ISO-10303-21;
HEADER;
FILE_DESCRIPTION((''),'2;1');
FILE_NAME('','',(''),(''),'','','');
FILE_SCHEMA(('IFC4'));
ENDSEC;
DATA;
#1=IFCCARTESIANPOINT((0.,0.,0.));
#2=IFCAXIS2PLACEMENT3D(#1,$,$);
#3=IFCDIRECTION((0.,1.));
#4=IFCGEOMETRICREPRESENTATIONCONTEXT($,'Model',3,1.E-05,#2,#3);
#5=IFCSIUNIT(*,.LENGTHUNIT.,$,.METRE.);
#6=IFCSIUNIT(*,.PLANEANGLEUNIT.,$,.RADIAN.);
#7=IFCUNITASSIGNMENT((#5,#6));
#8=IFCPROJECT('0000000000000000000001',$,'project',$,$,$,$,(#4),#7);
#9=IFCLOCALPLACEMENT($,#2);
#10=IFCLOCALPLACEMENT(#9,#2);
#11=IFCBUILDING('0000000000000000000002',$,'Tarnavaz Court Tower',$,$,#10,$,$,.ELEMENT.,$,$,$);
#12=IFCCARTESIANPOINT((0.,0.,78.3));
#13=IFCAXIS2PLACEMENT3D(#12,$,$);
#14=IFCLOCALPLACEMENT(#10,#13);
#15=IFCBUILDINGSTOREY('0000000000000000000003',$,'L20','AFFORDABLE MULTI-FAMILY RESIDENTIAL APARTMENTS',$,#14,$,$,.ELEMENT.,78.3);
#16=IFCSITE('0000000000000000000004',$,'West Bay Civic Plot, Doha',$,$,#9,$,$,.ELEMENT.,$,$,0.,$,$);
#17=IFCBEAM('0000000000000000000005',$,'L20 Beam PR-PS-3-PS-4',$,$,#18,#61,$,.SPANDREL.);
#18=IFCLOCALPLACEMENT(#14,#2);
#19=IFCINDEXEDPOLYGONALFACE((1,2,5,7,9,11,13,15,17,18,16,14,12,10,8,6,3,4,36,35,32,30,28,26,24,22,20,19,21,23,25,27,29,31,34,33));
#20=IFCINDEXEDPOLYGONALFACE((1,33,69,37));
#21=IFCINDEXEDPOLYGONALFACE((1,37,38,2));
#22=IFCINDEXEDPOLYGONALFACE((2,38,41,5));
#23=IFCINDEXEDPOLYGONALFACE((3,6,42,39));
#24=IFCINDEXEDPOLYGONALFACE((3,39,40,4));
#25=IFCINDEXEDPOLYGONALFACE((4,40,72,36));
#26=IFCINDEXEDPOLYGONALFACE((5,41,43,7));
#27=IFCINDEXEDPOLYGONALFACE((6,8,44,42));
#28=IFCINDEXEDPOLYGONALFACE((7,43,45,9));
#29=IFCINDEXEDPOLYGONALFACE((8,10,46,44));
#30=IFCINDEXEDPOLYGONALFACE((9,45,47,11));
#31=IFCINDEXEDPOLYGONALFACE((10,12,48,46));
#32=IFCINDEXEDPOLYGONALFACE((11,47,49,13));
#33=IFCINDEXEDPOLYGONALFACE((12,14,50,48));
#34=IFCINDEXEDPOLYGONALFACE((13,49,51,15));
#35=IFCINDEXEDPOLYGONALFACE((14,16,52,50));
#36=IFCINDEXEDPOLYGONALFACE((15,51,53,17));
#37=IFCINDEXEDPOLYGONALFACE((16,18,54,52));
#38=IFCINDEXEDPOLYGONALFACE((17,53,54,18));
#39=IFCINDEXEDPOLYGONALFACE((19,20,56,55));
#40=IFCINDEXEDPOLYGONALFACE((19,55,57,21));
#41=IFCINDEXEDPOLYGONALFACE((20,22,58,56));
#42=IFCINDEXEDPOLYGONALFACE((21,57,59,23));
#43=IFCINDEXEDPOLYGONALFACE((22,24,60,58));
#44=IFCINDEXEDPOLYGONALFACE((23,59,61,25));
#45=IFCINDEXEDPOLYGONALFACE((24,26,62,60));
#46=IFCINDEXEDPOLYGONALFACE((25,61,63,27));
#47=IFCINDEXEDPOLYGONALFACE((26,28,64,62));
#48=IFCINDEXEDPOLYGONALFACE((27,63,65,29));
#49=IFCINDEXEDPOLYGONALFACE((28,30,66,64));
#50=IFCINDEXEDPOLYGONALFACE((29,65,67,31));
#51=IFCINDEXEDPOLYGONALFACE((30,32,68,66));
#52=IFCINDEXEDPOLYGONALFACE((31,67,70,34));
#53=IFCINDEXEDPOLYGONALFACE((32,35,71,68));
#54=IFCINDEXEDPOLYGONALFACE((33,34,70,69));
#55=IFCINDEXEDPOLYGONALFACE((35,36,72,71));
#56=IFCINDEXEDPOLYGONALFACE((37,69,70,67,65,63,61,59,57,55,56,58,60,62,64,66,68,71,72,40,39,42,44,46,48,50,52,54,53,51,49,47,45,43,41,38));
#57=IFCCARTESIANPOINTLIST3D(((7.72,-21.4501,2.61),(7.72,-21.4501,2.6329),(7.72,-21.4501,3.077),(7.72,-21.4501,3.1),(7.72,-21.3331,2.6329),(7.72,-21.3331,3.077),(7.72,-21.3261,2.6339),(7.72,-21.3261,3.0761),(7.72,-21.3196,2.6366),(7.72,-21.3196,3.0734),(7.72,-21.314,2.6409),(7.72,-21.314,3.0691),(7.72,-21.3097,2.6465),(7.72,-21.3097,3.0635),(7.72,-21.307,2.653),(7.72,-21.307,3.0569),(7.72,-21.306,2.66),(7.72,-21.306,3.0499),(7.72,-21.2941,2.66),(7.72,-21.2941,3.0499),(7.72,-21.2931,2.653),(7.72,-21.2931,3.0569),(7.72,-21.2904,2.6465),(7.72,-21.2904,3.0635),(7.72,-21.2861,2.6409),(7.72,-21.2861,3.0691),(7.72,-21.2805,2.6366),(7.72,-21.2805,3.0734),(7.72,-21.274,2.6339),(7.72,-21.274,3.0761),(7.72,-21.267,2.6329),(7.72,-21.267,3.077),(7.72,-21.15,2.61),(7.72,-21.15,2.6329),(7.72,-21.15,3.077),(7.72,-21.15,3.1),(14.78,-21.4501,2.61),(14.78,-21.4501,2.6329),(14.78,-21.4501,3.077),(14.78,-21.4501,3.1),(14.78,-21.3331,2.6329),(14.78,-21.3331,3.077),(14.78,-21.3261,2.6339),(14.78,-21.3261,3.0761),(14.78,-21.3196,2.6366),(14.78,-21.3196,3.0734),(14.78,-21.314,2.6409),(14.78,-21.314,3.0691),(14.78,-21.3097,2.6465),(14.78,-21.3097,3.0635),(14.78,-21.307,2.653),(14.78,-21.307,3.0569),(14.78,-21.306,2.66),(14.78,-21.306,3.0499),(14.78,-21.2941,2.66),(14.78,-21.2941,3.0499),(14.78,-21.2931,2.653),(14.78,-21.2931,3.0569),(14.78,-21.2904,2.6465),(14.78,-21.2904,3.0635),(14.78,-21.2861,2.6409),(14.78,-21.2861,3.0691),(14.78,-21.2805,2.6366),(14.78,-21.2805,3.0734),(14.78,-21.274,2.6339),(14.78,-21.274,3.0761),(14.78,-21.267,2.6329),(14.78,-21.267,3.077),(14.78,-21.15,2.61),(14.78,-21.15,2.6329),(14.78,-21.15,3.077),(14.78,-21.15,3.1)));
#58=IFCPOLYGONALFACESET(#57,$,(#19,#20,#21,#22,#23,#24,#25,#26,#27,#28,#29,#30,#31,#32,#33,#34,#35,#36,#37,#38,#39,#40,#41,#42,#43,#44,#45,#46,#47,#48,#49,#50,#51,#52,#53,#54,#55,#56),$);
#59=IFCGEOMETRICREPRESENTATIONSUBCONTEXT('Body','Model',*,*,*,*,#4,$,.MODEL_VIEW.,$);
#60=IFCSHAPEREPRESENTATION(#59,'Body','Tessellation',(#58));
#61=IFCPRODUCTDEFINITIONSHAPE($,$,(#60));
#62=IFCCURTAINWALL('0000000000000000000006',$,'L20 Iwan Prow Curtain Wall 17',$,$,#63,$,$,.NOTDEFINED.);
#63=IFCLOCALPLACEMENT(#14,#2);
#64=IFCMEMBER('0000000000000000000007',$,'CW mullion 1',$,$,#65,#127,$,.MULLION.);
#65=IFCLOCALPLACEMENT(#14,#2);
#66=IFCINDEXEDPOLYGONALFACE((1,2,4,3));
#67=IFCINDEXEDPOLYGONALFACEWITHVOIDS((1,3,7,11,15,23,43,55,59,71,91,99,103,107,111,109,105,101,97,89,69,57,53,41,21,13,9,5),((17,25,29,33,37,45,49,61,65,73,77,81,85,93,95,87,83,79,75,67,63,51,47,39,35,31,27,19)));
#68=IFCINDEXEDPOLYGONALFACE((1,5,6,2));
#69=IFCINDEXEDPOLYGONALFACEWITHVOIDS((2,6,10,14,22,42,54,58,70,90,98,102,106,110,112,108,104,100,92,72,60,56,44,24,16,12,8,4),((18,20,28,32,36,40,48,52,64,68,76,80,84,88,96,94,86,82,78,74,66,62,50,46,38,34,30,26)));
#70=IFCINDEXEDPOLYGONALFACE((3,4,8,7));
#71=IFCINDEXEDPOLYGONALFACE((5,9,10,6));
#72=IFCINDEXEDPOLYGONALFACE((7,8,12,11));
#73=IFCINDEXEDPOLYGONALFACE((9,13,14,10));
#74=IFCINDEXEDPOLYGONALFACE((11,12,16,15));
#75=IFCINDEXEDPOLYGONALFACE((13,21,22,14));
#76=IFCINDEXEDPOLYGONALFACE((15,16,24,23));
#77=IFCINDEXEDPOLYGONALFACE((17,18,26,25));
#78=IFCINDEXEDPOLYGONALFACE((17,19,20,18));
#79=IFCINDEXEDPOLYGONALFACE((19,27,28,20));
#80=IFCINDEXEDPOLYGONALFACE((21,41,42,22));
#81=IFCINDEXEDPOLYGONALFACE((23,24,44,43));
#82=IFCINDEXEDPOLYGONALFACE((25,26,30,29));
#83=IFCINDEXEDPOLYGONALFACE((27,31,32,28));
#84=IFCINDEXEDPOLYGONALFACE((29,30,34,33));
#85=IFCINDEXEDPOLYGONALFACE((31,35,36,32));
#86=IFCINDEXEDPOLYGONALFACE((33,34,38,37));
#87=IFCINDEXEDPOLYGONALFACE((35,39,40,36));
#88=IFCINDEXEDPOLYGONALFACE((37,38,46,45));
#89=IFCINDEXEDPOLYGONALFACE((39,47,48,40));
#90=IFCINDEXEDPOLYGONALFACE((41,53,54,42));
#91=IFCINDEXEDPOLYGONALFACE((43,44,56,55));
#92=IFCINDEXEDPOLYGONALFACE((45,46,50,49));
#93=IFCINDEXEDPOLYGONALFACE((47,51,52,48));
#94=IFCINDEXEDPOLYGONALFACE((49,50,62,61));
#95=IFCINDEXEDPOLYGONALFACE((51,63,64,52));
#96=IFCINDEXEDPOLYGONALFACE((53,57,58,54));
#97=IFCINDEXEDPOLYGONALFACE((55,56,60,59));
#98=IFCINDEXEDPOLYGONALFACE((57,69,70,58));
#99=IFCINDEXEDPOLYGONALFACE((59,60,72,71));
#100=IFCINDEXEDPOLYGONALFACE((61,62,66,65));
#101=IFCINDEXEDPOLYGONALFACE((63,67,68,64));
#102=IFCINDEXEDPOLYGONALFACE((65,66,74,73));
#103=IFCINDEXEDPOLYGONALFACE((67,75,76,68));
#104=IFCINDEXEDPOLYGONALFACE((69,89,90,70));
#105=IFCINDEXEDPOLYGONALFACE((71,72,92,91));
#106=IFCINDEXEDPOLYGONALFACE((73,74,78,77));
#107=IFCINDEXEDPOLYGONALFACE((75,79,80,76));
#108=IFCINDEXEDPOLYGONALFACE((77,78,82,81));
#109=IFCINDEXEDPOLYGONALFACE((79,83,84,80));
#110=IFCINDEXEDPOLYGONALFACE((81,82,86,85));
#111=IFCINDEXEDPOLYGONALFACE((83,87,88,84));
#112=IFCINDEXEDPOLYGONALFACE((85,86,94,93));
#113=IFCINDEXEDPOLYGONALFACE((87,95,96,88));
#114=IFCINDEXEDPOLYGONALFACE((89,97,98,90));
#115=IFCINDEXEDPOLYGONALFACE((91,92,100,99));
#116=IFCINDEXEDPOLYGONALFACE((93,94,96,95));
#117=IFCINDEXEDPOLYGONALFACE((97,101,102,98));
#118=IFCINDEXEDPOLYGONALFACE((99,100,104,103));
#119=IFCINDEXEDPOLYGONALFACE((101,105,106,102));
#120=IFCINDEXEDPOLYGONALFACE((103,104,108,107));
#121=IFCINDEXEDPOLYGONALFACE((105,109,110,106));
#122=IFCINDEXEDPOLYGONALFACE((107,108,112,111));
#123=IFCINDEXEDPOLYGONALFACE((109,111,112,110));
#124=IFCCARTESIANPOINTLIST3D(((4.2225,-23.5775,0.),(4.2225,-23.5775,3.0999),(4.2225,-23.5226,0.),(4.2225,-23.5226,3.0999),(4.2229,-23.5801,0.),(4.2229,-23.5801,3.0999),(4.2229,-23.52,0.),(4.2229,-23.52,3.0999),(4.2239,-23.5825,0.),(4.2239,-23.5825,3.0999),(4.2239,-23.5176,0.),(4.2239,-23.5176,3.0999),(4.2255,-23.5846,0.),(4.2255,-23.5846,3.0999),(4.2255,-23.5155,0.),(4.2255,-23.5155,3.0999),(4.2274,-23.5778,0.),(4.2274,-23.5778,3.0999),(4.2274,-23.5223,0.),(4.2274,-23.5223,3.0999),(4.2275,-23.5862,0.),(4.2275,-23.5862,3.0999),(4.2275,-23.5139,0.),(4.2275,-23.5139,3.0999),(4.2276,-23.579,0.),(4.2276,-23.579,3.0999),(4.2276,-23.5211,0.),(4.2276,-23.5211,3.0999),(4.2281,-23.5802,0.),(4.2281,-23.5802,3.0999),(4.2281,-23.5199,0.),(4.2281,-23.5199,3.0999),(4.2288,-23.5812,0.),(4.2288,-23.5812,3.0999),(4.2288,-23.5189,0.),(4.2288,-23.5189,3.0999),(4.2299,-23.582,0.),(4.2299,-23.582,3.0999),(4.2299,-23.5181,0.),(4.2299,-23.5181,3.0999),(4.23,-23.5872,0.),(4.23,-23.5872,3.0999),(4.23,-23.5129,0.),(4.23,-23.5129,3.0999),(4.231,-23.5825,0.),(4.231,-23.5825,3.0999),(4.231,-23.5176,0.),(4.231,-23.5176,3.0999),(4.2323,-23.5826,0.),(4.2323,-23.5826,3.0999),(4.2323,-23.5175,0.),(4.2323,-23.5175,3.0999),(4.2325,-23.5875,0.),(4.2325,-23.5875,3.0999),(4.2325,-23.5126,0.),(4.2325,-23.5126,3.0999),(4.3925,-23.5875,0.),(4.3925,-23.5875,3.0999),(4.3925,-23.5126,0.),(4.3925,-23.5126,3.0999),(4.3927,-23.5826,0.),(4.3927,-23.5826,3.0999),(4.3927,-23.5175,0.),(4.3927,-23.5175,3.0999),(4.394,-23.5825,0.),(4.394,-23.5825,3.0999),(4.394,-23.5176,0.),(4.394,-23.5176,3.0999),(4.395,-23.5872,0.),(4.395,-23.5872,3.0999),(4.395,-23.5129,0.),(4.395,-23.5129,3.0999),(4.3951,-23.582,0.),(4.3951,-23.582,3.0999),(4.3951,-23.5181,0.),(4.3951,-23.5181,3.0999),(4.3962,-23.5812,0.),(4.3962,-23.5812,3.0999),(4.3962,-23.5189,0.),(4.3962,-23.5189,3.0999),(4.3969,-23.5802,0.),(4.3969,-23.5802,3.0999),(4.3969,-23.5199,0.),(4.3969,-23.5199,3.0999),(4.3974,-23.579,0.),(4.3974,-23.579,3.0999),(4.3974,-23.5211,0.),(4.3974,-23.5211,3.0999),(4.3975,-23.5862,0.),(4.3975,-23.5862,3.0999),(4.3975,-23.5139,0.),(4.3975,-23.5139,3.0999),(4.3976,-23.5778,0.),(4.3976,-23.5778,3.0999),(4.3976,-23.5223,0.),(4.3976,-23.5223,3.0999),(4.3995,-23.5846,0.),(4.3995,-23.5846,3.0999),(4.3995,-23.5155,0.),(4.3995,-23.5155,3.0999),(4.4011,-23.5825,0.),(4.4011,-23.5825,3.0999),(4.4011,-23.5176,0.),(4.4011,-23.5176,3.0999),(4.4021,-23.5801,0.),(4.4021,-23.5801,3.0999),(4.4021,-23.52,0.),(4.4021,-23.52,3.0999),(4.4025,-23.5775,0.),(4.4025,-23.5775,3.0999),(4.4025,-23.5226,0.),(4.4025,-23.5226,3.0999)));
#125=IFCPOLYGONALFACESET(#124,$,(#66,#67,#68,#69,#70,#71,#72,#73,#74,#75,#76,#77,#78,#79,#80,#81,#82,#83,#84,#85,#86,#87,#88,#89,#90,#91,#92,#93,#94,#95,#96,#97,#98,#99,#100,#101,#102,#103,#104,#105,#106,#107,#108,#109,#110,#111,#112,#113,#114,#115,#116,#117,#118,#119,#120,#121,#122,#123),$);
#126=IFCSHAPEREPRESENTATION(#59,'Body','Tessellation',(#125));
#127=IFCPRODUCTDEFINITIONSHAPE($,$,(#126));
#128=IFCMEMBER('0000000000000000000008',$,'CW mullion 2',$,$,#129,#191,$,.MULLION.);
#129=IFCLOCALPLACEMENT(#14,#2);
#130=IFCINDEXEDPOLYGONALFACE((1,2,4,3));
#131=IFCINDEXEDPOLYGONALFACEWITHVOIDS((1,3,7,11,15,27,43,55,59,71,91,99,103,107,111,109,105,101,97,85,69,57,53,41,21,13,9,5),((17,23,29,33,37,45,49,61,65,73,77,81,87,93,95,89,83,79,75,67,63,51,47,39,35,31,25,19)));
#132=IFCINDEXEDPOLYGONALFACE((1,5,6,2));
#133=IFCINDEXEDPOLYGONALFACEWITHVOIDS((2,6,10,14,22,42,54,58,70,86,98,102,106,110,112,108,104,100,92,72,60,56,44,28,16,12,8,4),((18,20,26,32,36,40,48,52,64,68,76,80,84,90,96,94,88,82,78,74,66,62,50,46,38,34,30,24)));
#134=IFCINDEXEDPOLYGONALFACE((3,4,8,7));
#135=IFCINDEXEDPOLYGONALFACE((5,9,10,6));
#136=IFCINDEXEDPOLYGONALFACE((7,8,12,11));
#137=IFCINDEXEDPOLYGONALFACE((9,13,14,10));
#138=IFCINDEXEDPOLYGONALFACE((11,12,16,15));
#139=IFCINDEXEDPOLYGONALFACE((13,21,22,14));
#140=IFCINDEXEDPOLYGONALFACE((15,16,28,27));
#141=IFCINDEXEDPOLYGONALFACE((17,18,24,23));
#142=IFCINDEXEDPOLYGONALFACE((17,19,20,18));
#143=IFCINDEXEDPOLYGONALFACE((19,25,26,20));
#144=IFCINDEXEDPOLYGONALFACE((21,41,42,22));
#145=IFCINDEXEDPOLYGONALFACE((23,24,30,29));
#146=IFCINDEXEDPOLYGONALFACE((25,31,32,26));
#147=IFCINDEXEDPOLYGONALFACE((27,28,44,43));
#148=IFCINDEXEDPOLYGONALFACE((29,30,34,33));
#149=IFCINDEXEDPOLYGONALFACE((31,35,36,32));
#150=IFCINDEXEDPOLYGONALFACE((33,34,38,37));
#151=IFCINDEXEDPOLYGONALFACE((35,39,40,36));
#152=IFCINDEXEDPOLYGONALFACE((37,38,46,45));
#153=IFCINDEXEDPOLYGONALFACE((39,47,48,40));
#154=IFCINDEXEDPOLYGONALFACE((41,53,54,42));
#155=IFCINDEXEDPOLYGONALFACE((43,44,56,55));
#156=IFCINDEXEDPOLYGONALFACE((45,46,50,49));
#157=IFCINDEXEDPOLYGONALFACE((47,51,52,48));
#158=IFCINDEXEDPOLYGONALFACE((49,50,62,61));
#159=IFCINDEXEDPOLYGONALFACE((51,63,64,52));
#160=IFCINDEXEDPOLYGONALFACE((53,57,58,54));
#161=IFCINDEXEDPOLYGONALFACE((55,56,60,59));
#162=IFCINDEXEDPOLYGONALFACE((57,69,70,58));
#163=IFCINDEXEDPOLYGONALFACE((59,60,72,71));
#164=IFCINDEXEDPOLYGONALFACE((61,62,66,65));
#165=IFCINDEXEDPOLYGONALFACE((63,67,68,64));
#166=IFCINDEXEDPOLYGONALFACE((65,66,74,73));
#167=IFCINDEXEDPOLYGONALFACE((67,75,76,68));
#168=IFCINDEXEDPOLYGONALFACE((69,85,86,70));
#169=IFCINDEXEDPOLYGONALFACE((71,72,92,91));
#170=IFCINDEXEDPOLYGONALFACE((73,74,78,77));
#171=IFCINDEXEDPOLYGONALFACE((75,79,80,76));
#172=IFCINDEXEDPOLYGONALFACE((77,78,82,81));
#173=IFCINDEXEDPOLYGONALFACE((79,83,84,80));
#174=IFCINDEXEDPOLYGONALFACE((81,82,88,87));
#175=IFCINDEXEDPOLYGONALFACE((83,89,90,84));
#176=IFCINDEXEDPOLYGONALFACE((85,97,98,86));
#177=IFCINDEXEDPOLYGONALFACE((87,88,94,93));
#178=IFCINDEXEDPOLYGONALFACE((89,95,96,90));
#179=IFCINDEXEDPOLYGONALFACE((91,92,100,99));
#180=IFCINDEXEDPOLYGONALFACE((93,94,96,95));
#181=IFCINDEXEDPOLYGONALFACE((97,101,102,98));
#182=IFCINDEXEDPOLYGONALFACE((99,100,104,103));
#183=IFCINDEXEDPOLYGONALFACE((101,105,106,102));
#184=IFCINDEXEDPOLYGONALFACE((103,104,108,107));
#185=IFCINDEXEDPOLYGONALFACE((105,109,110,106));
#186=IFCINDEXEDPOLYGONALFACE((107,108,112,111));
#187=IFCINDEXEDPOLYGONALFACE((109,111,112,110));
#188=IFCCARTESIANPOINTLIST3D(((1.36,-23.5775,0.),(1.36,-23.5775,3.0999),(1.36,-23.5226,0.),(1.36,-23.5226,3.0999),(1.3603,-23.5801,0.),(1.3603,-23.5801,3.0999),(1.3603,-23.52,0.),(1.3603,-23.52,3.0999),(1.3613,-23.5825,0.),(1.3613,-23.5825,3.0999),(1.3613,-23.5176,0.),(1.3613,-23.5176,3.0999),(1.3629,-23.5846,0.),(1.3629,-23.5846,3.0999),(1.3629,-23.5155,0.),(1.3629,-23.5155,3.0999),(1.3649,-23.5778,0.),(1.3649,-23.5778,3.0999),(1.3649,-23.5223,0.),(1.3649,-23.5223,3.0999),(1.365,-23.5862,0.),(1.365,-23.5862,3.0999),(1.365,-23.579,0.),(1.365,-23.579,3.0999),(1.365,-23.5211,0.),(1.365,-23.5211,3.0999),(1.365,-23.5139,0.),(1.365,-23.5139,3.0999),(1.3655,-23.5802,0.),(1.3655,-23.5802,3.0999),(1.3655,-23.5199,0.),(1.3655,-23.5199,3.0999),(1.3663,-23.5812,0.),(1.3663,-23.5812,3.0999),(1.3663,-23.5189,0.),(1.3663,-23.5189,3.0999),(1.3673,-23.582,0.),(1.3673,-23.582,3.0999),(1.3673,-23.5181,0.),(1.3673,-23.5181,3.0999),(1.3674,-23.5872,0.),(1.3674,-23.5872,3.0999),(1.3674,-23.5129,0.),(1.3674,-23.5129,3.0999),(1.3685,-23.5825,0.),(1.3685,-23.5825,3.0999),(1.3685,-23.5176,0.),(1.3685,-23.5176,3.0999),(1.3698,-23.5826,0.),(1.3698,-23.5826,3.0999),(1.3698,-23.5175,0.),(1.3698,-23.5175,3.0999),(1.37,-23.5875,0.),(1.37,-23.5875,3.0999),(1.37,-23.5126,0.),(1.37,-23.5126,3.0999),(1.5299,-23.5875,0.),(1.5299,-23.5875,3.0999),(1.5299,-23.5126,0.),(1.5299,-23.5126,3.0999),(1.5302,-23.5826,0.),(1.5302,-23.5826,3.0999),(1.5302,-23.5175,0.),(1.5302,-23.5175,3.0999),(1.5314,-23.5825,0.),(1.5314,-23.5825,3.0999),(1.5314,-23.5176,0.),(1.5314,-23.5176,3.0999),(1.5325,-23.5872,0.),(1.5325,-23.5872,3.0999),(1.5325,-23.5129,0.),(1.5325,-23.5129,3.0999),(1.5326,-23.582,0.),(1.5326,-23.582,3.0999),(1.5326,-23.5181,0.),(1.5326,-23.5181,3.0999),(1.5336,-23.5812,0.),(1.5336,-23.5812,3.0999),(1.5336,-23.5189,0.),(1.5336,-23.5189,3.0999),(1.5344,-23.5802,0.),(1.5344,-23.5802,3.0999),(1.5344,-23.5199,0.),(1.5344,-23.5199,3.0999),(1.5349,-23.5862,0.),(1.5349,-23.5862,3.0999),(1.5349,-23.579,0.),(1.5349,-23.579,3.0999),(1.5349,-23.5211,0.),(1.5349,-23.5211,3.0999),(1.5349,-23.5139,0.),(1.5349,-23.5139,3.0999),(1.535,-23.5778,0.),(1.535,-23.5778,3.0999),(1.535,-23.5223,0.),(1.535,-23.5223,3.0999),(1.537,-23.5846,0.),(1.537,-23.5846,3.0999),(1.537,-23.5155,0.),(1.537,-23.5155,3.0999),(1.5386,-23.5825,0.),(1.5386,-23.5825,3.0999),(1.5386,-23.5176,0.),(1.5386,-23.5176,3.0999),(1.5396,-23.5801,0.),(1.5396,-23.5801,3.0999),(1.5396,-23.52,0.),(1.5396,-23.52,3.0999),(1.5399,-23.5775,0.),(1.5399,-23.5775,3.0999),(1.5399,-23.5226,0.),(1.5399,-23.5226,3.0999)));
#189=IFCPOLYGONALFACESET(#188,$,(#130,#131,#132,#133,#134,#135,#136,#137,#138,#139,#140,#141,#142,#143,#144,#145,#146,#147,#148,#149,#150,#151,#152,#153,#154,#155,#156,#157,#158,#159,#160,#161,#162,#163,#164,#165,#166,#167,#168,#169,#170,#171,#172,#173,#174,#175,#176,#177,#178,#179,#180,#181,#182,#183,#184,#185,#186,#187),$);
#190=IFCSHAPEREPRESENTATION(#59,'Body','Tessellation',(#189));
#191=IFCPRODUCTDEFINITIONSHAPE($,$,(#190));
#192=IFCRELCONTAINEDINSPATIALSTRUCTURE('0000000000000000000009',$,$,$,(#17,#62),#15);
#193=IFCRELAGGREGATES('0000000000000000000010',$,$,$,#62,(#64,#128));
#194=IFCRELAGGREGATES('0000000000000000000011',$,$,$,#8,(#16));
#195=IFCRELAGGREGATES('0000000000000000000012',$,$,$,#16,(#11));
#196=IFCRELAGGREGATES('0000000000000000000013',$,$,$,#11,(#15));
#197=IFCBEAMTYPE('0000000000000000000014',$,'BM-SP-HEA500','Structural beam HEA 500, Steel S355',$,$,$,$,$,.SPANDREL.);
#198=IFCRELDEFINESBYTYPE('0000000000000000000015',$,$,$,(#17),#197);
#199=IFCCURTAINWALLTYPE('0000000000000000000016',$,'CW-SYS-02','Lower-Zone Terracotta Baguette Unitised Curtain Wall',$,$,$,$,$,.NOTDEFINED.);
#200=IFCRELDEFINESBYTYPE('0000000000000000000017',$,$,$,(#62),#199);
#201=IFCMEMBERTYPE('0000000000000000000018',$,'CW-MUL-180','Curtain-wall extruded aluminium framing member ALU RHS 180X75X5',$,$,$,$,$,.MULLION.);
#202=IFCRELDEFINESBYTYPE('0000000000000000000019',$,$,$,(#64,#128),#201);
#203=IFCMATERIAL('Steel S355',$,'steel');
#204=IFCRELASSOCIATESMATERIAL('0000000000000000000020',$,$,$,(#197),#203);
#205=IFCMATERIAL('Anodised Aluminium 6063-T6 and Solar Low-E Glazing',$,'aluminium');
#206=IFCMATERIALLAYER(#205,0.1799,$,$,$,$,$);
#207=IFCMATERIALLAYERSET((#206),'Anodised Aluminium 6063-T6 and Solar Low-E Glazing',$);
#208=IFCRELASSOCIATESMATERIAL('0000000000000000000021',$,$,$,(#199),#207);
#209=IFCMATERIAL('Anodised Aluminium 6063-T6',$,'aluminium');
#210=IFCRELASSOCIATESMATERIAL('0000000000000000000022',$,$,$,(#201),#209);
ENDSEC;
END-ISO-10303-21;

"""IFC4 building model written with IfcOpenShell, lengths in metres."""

from ifc_helpers import new_model, si_unit, direction, frame, origin, origin_2d, place, context, subcontext, project, spatial, hollow_rectangle, i_section, extrude, material, layer, layer_set, material_profile, profile_set, type_object, element, aggregate, save


model = new_model("IFC4")

# Units and contexts
model_context = context("Model", 3, precision=1e-05, world=origin(), true_north=direction((0.0, 1.0)))
body_context = subcontext(model_context, "Body", "Model", "MODEL_VIEW")
ifc_project = project(units=[si_unit("LENGTHUNIT", "METRE"), si_unit("PLANEANGLEUNIT", "RADIAN")], contexts=[model_context])

# Site, building, storey
site_placement = place(None, origin())
site = spatial("IfcSite", under=ifc_project, at=site_placement, Name="West Bay Civic Plot, Doha", CompositionType="ELEMENT", RefElevation=0.0)
building_placement = place(site_placement, origin())
building = spatial("IfcBuilding", under=site, at=building_placement, Name="Tarnavaz Court Tower", CompositionType="ELEMENT")
storey_placement = place(building_placement, frame((0.0, 0.0, 78.3)))
storey = spatial("IfcBuildingStorey", under=building, at=storey_placement, Name="L20", Description="AFFORDABLE MULTI-FAMILY RESIDENTIAL APARTMENTS", CompositionType="ELEMENT", Elevation=78.3)

# Beam
ifc_material_1 = material(Name="Steel S355", Category="steel")
ifc_material_profile_1 = material_profile(ifc_material_1, i_section(OverallWidth=0.3, OverallDepth=0.49, WebThickness=0.012, FlangeThickness=0.0229, FilletRadius=0.0271, at=origin_2d()), Name="HEA 500")
ifc_profile_set_1 = profile_set([ifc_material_profile_1], Name="Steel S355")
beam_type_1 = type_object("IfcBeamType", Name="BM-SP-HEA500", Description="Structural beam HEA 500, Steel S355", PredefinedType="SPANDREL", material=ifc_profile_set_1)
beam_placement = place(storey_placement, frame((7.72, -21.3, 2.855), z_axis=(1.0, 0.0, 0.0), x_axis=(0.0, 1.0, 0.0)))
element("IfcBeam", 1, at=beam_placement, inside=storey, type_object=beam_type_1, Name="L20 Beam PR-PS-3-PS-4", PredefinedType="SPANDREL", context=body_context, shape_type="SweptSolid", body=[
    extrude(i_section(OverallWidth=0.3, OverallDepth=0.49, WebThickness=0.012, FlangeThickness=0.0229, FilletRadius=0.0271, at=origin_2d()), origin(), (0.0, 0.0, 1.0), 7.0601),
])

# Curtain wall, members
ifc_material_2 = material(Name="Anodised Aluminium 6063-T6 and Solar Low-E Glazing", Category="aluminium")
ifc_layer_1 = layer(ifc_material_2, 0.1799)
ifc_layer_set_1 = layer_set([ifc_layer_1], Name="Anodised Aluminium 6063-T6 and Solar Low-E Glazing")
curtain_wall_type = type_object("IfcCurtainWallType", Name="CW-SYS-02", Description="Lower-Zone Terracotta Baguette Unitised Curtain Wall", PredefinedType="NOTDEFINED", material=ifc_layer_set_1)
curtain_wall_placement = place(storey_placement, origin())
curtain_wall = element("IfcCurtainWall", 2, at=curtain_wall_placement, inside=storey, type_object=curtain_wall_type, Name="L20 Iwan Prow Curtain Wall 17", PredefinedType="NOTDEFINED")
ifc_material_3 = material(Name="Anodised Aluminium 6063-T6", Category="aluminium")
ifc_material_profile_2 = material_profile(ifc_material_3, hollow_rectangle(XDim=0.075, YDim=0.1799, WallThickness=0.0049, InnerFilletRadius=0.0049, OuterFilletRadius=0.01, at=origin_2d()), Name="ALU RHS 180X75X5")
ifc_profile_set_2 = profile_set([ifc_material_profile_2], Name="Anodised Aluminium 6063-T6")
member_type_1 = type_object("IfcMemberType", Name="CW-MUL-180", Description="Curtain-wall extruded aluminium framing member ALU RHS 180X75X5", PredefinedType="MULLION", material=ifc_profile_set_2)
member_1_placement = place(storey_placement, frame((4.3125, -23.55, 0.0), z_axis=(0.0, 0.0, 1.0), x_axis=(0.0, -1.0, 0.0)))
member_1 = element("IfcMember", 3, at=member_1_placement, type_object=member_type_1, Name="CW mullion 1", PredefinedType="MULLION", context=body_context, shape_type="SweptSolid", body=[
    extrude(hollow_rectangle(XDim=0.075, YDim=0.1799, WallThickness=0.0049, InnerFilletRadius=0.0049, OuterFilletRadius=0.01, at=origin_2d()), origin(), (0.0, 0.0, 1.0), 3.0999),
])
member_2_placement = place(storey_placement, frame((1.45, -23.55, 0.0), z_axis=(0.0, 0.0, 1.0), x_axis=(0.0, -1.0, 0.0)))
member_2 = element("IfcMember", 4, at=member_2_placement, type_object=member_type_1, Name="CW mullion 2", PredefinedType="MULLION", context=body_context, shape_type="SweptSolid", body=[
    extrude(hollow_rectangle(XDim=0.075, YDim=0.1799, WallThickness=0.0049, InnerFilletRadius=0.0049, OuterFilletRadius=0.01, at=origin_2d()), origin(), (0.0, 0.0, 1.0), 3.0999),
])
aggregate(curtain_wall, [member_1, member_2])

save(model, "model.ifc")
